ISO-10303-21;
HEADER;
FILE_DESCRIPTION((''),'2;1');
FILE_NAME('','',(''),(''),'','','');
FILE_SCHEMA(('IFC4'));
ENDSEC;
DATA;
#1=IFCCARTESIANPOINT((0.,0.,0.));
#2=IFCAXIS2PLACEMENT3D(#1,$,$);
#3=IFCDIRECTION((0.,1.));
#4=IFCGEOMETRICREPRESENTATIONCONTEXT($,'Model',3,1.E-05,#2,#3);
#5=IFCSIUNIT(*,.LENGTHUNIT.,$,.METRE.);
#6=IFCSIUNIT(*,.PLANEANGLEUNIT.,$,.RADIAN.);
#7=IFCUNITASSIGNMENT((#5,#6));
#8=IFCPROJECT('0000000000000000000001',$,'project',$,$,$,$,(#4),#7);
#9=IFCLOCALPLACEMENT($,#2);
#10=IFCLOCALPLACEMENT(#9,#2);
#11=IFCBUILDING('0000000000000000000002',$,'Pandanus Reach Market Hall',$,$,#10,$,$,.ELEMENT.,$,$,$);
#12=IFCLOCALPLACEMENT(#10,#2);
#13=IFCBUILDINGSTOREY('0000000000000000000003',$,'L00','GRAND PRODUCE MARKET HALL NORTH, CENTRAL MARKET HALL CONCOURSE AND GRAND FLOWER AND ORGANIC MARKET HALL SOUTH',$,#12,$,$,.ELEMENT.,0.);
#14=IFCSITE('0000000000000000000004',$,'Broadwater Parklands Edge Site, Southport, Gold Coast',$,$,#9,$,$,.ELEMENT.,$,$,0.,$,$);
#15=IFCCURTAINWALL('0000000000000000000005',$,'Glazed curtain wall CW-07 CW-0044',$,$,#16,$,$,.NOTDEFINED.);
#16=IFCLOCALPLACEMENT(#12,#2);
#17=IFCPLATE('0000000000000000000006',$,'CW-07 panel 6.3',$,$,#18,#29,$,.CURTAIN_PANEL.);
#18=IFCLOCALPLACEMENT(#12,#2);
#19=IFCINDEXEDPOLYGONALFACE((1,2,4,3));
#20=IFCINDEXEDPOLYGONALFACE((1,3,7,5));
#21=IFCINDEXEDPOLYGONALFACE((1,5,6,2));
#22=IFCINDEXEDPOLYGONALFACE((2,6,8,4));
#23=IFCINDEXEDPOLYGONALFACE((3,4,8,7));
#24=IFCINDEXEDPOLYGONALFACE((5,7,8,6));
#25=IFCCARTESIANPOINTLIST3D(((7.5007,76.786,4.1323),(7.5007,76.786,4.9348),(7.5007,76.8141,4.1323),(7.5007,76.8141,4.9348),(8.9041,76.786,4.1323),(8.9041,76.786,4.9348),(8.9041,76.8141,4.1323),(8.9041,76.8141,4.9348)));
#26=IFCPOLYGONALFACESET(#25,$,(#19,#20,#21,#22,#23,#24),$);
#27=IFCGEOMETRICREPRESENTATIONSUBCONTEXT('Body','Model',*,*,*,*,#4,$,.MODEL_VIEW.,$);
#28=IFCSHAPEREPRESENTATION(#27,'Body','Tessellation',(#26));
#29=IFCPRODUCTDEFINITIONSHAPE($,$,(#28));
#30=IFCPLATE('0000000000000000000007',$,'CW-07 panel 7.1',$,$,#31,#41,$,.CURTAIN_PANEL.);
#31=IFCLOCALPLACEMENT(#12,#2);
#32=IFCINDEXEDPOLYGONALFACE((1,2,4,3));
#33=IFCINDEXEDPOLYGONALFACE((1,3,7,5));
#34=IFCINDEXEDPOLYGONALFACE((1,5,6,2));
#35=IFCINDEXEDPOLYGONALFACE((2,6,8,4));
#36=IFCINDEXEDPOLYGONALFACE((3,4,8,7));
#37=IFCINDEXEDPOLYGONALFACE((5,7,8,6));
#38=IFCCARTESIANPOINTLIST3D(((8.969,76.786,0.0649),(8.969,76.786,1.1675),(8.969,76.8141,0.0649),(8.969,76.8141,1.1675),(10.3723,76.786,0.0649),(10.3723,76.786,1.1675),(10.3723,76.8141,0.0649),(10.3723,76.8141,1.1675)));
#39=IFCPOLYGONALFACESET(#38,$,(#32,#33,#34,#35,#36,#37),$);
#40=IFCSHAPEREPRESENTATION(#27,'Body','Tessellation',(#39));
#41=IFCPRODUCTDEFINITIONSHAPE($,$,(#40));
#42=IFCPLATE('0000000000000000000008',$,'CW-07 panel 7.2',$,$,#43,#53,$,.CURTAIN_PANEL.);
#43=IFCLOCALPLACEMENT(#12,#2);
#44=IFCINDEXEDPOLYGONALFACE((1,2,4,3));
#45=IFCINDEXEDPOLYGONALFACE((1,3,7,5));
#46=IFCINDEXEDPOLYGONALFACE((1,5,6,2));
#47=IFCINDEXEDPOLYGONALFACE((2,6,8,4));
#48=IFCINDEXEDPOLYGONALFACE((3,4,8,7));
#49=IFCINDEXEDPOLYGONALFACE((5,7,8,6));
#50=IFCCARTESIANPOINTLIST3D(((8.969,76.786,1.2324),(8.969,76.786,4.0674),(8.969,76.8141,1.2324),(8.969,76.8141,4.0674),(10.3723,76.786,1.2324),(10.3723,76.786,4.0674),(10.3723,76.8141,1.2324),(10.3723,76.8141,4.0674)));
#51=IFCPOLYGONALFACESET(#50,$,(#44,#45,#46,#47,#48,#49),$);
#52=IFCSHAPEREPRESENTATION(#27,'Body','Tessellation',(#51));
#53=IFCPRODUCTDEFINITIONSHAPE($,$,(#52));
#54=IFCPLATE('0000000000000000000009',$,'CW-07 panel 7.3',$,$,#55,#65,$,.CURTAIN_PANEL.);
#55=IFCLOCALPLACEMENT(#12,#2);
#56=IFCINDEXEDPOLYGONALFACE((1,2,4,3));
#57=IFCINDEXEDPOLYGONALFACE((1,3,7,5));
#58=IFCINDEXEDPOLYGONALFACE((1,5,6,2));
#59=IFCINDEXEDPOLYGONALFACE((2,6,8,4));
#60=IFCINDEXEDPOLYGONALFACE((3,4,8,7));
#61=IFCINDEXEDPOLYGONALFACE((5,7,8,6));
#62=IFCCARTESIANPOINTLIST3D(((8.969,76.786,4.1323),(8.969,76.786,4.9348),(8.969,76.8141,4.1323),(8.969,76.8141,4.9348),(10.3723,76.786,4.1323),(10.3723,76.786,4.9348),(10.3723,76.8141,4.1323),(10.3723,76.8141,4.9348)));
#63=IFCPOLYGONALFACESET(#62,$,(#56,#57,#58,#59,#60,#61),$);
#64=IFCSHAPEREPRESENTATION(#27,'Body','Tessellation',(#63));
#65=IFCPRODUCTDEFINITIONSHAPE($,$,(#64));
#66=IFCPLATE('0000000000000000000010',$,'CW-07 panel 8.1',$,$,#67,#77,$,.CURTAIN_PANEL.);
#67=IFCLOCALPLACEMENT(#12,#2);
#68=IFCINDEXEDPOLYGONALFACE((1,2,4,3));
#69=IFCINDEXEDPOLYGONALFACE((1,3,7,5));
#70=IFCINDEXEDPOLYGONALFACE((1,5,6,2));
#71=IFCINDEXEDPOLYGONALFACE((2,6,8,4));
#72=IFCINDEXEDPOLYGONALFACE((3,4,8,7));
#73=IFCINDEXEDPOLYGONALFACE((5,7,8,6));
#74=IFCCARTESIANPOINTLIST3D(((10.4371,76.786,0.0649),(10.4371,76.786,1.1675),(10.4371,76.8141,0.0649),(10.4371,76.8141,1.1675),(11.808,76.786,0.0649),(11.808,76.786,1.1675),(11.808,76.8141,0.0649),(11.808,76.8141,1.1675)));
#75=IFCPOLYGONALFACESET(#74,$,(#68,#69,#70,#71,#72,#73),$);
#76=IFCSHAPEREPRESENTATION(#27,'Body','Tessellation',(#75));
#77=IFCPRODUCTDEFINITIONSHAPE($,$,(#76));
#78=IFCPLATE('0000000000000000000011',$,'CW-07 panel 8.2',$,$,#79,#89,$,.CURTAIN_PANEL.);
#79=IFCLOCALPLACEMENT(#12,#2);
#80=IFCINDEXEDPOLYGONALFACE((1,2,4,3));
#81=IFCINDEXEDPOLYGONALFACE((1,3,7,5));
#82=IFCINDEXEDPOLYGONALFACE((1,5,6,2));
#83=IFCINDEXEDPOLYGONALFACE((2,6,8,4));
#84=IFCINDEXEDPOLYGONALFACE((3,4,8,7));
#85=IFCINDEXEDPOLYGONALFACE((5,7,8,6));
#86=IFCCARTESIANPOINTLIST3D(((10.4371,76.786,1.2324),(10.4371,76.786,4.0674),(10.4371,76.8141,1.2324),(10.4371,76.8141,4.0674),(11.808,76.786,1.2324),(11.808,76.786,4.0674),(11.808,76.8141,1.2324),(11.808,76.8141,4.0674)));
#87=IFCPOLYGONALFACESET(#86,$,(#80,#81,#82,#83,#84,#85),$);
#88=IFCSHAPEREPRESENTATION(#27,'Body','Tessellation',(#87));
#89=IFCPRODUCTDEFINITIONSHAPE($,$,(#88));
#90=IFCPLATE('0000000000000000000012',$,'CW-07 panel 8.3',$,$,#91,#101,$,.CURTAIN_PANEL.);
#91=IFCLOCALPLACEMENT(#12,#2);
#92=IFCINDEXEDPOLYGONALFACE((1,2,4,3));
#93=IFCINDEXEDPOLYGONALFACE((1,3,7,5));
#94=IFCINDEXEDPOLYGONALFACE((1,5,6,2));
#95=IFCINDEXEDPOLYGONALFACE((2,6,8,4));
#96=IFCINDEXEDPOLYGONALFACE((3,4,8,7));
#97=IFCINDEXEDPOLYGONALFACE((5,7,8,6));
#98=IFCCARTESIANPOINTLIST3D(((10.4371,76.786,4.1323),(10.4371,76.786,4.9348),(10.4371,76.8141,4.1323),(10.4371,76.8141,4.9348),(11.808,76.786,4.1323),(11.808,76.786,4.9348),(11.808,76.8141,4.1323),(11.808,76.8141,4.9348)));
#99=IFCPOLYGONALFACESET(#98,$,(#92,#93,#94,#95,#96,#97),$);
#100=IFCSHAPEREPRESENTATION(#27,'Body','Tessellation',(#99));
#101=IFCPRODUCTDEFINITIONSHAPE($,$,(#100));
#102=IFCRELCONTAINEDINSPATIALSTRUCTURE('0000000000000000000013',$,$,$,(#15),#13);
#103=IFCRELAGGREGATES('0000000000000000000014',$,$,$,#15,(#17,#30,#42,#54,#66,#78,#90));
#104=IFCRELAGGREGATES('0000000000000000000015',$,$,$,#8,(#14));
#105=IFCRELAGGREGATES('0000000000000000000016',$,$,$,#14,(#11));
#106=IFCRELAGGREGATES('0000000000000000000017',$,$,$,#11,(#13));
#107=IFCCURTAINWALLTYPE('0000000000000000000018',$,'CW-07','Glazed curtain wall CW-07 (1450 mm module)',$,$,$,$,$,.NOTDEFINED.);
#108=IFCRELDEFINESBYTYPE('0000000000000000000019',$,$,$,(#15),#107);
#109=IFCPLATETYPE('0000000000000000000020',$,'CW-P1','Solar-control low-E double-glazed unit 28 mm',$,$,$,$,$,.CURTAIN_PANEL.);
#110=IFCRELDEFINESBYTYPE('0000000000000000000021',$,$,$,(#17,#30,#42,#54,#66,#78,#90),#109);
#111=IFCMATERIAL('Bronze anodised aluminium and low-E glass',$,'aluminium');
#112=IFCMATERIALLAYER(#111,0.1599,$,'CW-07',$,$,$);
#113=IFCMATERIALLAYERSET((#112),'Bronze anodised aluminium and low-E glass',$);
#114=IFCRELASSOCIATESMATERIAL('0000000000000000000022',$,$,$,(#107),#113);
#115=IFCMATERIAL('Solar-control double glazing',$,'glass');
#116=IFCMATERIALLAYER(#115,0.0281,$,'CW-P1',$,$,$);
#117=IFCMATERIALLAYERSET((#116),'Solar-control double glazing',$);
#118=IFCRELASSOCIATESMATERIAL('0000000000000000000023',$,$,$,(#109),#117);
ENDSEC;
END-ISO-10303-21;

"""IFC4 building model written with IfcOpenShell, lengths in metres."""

from ifc_helpers import new_model, si_unit, direction, frame, origin, origin_2d, place, context, subcontext, project, spatial, rectangle, extrude, material, layer, layer_set, type_object, element, aggregate, save


model = new_model("IFC4")

# Units and contexts
model_context = context("Model", 3, precision=1e-05, world=origin(), true_north=direction((0.0, 1.0)))
body_context = subcontext(model_context, "Body", "Model", "MODEL_VIEW")
ifc_project = project(units=[si_unit("LENGTHUNIT", "METRE"), si_unit("PLANEANGLEUNIT", "RADIAN")], contexts=[model_context])

# Site, building, storey
site_placement = place(None, origin())
site = spatial("IfcSite", under=ifc_project, at=site_placement, Name="Broadwater Parklands Edge Site, Southport, Gold Coast", CompositionType="ELEMENT", RefElevation=0.0)
building_placement = place(site_placement, origin())
building = spatial("IfcBuilding", under=site, at=building_placement, Name="Pandanus Reach Market Hall", CompositionType="ELEMENT")
storey_placement = place(building_placement, origin())
storey = spatial("IfcBuildingStorey", under=building, at=storey_placement, Name="L00", Description="GRAND PRODUCE MARKET HALL NORTH, CENTRAL MARKET HALL CONCOURSE AND GRAND FLOWER AND ORGANIC MARKET HALL SOUTH", CompositionType="ELEMENT", Elevation=0.0)

# Curtain wall
ifc_material_1 = material(Name="Bronze anodised aluminium and low-E glass", Category="aluminium")
ifc_layer_1 = layer(ifc_material_1, 0.1599, Name="CW-07")
ifc_layer_set_1 = layer_set([ifc_layer_1], Name="Bronze anodised aluminium and low-E glass")
curtain_wall_type = type_object("IfcCurtainWallType", Name="CW-07", Description="Glazed curtain wall CW-07 (1450 mm module)", PredefinedType="NOTDEFINED", material=ifc_layer_set_1)
curtain_wall_placement = place(storey_placement, origin())
curtain_wall = element("IfcCurtainWall", 1, at=curtain_wall_placement, inside=storey, type_object=curtain_wall_type, Name="Glazed curtain wall CW-07 CW-0044", PredefinedType="NOTDEFINED")

# Plates
ifc_material_2 = material(Name="Solar-control double glazing", Category="glass")
ifc_layer_2 = layer(ifc_material_2, 0.0281, Name="CW-P1")
ifc_layer_set_2 = layer_set([ifc_layer_2], Name="Solar-control double glazing")
plate_type = type_object("IfcPlateType", Name="CW-P1", Description="Solar-control low-E double-glazed unit 28 mm", PredefinedType="CURTAIN_PANEL", material=ifc_layer_set_2)
plate_1_placement = place(storey_placement, frame((8.2024, 76.8, 4.1323), z_axis=(0.0, 0.0, 1.0), x_axis=(1.0, 0.0, 0.0)))
plate_1 = element("IfcPlate", 2, at=plate_1_placement, type_object=plate_type, Name="CW-07 panel 6.3", PredefinedType="CURTAIN_PANEL", context=body_context, shape_type="SweptSolid", body=[
    extrude(rectangle(XDim=1.4033, YDim=0.0281, at=origin_2d()), origin(), (0.0, 0.0, 1.0), 0.8025),
])
plate_2_placement = place(storey_placement, frame((9.6707, 76.8, 0.0649), z_axis=(0.0, 0.0, 1.0), x_axis=(1.0, 0.0, 0.0)))
plate_2 = element("IfcPlate", 3, at=plate_2_placement, type_object=plate_type, Name="CW-07 panel 7.1", PredefinedType="CURTAIN_PANEL", context=body_context, shape_type="SweptSolid", body=[
    extrude(rectangle(XDim=1.4033, YDim=0.0281, at=origin_2d()), origin(), (0.0, 0.0, 1.0), 1.1025),
])
plate_3_placement = place(storey_placement, frame((9.6707, 76.8, 1.2324), z_axis=(0.0, 0.0, 1.0), x_axis=(1.0, 0.0, 0.0)))
plate_3 = element("IfcPlate", 4, at=plate_3_placement, type_object=plate_type, Name="CW-07 panel 7.2", PredefinedType="CURTAIN_PANEL", context=body_context, shape_type="SweptSolid", body=[
    extrude(rectangle(XDim=1.4033, YDim=0.0281, at=origin_2d()), origin(), (0.0, 0.0, 1.0), 2.835),
])
plate_4_placement = place(storey_placement, frame((9.6707, 76.8, 4.1323), z_axis=(0.0, 0.0, 1.0), x_axis=(1.0, 0.0, 0.0)))
plate_4 = element("IfcPlate", 5, at=plate_4_placement, type_object=plate_type, Name="CW-07 panel 7.3", PredefinedType="CURTAIN_PANEL", context=body_context, shape_type="SweptSolid", body=[
    extrude(rectangle(XDim=1.4033, YDim=0.0281, at=origin_2d()), origin(), (0.0, 0.0, 1.0), 0.8025),
])
plate_5_placement = place(storey_placement, frame((11.1226, 76.8, 0.0649), z_axis=(0.0, 0.0, 1.0), x_axis=(1.0, 0.0, 0.0)))
plate_5 = element("IfcPlate", 6, at=plate_5_placement, type_object=plate_type, Name="CW-07 panel 8.1", PredefinedType="CURTAIN_PANEL", context=body_context, shape_type="SweptSolid", body=[
    extrude(rectangle(XDim=1.3708, YDim=0.0281, at=origin_2d()), origin(), (0.0, 0.0, 1.0), 1.1025),
])
plate_6_placement = place(storey_placement, frame((11.1226, 76.8, 1.2324), z_axis=(0.0, 0.0, 1.0), x_axis=(1.0, 0.0, 0.0)))
plate_6 = element("IfcPlate", 7, at=plate_6_placement, type_object=plate_type, Name="CW-07 panel 8.2", PredefinedType="CURTAIN_PANEL", context=body_context, shape_type="SweptSolid", body=[
    extrude(rectangle(XDim=1.3708, YDim=0.0281, at=origin_2d()), origin(), (0.0, 0.0, 1.0), 2.835),
])
plate_7_placement = place(storey_placement, frame((11.1226, 76.8, 4.1323), z_axis=(0.0, 0.0, 1.0), x_axis=(1.0, 0.0, 0.0)))
plate_7 = element("IfcPlate", 8, at=plate_7_placement, type_object=plate_type, Name="CW-07 panel 8.3", PredefinedType="CURTAIN_PANEL", context=body_context, shape_type="SweptSolid", body=[
    extrude(rectangle(XDim=1.3708, YDim=0.0281, at=origin_2d()), origin(), (0.0, 0.0, 1.0), 0.8025),
])
aggregate(curtain_wall, [plate_1, plate_2, plate_3, plate_4, plate_5, plate_6, plate_7])

save(model, "model.ifc")
